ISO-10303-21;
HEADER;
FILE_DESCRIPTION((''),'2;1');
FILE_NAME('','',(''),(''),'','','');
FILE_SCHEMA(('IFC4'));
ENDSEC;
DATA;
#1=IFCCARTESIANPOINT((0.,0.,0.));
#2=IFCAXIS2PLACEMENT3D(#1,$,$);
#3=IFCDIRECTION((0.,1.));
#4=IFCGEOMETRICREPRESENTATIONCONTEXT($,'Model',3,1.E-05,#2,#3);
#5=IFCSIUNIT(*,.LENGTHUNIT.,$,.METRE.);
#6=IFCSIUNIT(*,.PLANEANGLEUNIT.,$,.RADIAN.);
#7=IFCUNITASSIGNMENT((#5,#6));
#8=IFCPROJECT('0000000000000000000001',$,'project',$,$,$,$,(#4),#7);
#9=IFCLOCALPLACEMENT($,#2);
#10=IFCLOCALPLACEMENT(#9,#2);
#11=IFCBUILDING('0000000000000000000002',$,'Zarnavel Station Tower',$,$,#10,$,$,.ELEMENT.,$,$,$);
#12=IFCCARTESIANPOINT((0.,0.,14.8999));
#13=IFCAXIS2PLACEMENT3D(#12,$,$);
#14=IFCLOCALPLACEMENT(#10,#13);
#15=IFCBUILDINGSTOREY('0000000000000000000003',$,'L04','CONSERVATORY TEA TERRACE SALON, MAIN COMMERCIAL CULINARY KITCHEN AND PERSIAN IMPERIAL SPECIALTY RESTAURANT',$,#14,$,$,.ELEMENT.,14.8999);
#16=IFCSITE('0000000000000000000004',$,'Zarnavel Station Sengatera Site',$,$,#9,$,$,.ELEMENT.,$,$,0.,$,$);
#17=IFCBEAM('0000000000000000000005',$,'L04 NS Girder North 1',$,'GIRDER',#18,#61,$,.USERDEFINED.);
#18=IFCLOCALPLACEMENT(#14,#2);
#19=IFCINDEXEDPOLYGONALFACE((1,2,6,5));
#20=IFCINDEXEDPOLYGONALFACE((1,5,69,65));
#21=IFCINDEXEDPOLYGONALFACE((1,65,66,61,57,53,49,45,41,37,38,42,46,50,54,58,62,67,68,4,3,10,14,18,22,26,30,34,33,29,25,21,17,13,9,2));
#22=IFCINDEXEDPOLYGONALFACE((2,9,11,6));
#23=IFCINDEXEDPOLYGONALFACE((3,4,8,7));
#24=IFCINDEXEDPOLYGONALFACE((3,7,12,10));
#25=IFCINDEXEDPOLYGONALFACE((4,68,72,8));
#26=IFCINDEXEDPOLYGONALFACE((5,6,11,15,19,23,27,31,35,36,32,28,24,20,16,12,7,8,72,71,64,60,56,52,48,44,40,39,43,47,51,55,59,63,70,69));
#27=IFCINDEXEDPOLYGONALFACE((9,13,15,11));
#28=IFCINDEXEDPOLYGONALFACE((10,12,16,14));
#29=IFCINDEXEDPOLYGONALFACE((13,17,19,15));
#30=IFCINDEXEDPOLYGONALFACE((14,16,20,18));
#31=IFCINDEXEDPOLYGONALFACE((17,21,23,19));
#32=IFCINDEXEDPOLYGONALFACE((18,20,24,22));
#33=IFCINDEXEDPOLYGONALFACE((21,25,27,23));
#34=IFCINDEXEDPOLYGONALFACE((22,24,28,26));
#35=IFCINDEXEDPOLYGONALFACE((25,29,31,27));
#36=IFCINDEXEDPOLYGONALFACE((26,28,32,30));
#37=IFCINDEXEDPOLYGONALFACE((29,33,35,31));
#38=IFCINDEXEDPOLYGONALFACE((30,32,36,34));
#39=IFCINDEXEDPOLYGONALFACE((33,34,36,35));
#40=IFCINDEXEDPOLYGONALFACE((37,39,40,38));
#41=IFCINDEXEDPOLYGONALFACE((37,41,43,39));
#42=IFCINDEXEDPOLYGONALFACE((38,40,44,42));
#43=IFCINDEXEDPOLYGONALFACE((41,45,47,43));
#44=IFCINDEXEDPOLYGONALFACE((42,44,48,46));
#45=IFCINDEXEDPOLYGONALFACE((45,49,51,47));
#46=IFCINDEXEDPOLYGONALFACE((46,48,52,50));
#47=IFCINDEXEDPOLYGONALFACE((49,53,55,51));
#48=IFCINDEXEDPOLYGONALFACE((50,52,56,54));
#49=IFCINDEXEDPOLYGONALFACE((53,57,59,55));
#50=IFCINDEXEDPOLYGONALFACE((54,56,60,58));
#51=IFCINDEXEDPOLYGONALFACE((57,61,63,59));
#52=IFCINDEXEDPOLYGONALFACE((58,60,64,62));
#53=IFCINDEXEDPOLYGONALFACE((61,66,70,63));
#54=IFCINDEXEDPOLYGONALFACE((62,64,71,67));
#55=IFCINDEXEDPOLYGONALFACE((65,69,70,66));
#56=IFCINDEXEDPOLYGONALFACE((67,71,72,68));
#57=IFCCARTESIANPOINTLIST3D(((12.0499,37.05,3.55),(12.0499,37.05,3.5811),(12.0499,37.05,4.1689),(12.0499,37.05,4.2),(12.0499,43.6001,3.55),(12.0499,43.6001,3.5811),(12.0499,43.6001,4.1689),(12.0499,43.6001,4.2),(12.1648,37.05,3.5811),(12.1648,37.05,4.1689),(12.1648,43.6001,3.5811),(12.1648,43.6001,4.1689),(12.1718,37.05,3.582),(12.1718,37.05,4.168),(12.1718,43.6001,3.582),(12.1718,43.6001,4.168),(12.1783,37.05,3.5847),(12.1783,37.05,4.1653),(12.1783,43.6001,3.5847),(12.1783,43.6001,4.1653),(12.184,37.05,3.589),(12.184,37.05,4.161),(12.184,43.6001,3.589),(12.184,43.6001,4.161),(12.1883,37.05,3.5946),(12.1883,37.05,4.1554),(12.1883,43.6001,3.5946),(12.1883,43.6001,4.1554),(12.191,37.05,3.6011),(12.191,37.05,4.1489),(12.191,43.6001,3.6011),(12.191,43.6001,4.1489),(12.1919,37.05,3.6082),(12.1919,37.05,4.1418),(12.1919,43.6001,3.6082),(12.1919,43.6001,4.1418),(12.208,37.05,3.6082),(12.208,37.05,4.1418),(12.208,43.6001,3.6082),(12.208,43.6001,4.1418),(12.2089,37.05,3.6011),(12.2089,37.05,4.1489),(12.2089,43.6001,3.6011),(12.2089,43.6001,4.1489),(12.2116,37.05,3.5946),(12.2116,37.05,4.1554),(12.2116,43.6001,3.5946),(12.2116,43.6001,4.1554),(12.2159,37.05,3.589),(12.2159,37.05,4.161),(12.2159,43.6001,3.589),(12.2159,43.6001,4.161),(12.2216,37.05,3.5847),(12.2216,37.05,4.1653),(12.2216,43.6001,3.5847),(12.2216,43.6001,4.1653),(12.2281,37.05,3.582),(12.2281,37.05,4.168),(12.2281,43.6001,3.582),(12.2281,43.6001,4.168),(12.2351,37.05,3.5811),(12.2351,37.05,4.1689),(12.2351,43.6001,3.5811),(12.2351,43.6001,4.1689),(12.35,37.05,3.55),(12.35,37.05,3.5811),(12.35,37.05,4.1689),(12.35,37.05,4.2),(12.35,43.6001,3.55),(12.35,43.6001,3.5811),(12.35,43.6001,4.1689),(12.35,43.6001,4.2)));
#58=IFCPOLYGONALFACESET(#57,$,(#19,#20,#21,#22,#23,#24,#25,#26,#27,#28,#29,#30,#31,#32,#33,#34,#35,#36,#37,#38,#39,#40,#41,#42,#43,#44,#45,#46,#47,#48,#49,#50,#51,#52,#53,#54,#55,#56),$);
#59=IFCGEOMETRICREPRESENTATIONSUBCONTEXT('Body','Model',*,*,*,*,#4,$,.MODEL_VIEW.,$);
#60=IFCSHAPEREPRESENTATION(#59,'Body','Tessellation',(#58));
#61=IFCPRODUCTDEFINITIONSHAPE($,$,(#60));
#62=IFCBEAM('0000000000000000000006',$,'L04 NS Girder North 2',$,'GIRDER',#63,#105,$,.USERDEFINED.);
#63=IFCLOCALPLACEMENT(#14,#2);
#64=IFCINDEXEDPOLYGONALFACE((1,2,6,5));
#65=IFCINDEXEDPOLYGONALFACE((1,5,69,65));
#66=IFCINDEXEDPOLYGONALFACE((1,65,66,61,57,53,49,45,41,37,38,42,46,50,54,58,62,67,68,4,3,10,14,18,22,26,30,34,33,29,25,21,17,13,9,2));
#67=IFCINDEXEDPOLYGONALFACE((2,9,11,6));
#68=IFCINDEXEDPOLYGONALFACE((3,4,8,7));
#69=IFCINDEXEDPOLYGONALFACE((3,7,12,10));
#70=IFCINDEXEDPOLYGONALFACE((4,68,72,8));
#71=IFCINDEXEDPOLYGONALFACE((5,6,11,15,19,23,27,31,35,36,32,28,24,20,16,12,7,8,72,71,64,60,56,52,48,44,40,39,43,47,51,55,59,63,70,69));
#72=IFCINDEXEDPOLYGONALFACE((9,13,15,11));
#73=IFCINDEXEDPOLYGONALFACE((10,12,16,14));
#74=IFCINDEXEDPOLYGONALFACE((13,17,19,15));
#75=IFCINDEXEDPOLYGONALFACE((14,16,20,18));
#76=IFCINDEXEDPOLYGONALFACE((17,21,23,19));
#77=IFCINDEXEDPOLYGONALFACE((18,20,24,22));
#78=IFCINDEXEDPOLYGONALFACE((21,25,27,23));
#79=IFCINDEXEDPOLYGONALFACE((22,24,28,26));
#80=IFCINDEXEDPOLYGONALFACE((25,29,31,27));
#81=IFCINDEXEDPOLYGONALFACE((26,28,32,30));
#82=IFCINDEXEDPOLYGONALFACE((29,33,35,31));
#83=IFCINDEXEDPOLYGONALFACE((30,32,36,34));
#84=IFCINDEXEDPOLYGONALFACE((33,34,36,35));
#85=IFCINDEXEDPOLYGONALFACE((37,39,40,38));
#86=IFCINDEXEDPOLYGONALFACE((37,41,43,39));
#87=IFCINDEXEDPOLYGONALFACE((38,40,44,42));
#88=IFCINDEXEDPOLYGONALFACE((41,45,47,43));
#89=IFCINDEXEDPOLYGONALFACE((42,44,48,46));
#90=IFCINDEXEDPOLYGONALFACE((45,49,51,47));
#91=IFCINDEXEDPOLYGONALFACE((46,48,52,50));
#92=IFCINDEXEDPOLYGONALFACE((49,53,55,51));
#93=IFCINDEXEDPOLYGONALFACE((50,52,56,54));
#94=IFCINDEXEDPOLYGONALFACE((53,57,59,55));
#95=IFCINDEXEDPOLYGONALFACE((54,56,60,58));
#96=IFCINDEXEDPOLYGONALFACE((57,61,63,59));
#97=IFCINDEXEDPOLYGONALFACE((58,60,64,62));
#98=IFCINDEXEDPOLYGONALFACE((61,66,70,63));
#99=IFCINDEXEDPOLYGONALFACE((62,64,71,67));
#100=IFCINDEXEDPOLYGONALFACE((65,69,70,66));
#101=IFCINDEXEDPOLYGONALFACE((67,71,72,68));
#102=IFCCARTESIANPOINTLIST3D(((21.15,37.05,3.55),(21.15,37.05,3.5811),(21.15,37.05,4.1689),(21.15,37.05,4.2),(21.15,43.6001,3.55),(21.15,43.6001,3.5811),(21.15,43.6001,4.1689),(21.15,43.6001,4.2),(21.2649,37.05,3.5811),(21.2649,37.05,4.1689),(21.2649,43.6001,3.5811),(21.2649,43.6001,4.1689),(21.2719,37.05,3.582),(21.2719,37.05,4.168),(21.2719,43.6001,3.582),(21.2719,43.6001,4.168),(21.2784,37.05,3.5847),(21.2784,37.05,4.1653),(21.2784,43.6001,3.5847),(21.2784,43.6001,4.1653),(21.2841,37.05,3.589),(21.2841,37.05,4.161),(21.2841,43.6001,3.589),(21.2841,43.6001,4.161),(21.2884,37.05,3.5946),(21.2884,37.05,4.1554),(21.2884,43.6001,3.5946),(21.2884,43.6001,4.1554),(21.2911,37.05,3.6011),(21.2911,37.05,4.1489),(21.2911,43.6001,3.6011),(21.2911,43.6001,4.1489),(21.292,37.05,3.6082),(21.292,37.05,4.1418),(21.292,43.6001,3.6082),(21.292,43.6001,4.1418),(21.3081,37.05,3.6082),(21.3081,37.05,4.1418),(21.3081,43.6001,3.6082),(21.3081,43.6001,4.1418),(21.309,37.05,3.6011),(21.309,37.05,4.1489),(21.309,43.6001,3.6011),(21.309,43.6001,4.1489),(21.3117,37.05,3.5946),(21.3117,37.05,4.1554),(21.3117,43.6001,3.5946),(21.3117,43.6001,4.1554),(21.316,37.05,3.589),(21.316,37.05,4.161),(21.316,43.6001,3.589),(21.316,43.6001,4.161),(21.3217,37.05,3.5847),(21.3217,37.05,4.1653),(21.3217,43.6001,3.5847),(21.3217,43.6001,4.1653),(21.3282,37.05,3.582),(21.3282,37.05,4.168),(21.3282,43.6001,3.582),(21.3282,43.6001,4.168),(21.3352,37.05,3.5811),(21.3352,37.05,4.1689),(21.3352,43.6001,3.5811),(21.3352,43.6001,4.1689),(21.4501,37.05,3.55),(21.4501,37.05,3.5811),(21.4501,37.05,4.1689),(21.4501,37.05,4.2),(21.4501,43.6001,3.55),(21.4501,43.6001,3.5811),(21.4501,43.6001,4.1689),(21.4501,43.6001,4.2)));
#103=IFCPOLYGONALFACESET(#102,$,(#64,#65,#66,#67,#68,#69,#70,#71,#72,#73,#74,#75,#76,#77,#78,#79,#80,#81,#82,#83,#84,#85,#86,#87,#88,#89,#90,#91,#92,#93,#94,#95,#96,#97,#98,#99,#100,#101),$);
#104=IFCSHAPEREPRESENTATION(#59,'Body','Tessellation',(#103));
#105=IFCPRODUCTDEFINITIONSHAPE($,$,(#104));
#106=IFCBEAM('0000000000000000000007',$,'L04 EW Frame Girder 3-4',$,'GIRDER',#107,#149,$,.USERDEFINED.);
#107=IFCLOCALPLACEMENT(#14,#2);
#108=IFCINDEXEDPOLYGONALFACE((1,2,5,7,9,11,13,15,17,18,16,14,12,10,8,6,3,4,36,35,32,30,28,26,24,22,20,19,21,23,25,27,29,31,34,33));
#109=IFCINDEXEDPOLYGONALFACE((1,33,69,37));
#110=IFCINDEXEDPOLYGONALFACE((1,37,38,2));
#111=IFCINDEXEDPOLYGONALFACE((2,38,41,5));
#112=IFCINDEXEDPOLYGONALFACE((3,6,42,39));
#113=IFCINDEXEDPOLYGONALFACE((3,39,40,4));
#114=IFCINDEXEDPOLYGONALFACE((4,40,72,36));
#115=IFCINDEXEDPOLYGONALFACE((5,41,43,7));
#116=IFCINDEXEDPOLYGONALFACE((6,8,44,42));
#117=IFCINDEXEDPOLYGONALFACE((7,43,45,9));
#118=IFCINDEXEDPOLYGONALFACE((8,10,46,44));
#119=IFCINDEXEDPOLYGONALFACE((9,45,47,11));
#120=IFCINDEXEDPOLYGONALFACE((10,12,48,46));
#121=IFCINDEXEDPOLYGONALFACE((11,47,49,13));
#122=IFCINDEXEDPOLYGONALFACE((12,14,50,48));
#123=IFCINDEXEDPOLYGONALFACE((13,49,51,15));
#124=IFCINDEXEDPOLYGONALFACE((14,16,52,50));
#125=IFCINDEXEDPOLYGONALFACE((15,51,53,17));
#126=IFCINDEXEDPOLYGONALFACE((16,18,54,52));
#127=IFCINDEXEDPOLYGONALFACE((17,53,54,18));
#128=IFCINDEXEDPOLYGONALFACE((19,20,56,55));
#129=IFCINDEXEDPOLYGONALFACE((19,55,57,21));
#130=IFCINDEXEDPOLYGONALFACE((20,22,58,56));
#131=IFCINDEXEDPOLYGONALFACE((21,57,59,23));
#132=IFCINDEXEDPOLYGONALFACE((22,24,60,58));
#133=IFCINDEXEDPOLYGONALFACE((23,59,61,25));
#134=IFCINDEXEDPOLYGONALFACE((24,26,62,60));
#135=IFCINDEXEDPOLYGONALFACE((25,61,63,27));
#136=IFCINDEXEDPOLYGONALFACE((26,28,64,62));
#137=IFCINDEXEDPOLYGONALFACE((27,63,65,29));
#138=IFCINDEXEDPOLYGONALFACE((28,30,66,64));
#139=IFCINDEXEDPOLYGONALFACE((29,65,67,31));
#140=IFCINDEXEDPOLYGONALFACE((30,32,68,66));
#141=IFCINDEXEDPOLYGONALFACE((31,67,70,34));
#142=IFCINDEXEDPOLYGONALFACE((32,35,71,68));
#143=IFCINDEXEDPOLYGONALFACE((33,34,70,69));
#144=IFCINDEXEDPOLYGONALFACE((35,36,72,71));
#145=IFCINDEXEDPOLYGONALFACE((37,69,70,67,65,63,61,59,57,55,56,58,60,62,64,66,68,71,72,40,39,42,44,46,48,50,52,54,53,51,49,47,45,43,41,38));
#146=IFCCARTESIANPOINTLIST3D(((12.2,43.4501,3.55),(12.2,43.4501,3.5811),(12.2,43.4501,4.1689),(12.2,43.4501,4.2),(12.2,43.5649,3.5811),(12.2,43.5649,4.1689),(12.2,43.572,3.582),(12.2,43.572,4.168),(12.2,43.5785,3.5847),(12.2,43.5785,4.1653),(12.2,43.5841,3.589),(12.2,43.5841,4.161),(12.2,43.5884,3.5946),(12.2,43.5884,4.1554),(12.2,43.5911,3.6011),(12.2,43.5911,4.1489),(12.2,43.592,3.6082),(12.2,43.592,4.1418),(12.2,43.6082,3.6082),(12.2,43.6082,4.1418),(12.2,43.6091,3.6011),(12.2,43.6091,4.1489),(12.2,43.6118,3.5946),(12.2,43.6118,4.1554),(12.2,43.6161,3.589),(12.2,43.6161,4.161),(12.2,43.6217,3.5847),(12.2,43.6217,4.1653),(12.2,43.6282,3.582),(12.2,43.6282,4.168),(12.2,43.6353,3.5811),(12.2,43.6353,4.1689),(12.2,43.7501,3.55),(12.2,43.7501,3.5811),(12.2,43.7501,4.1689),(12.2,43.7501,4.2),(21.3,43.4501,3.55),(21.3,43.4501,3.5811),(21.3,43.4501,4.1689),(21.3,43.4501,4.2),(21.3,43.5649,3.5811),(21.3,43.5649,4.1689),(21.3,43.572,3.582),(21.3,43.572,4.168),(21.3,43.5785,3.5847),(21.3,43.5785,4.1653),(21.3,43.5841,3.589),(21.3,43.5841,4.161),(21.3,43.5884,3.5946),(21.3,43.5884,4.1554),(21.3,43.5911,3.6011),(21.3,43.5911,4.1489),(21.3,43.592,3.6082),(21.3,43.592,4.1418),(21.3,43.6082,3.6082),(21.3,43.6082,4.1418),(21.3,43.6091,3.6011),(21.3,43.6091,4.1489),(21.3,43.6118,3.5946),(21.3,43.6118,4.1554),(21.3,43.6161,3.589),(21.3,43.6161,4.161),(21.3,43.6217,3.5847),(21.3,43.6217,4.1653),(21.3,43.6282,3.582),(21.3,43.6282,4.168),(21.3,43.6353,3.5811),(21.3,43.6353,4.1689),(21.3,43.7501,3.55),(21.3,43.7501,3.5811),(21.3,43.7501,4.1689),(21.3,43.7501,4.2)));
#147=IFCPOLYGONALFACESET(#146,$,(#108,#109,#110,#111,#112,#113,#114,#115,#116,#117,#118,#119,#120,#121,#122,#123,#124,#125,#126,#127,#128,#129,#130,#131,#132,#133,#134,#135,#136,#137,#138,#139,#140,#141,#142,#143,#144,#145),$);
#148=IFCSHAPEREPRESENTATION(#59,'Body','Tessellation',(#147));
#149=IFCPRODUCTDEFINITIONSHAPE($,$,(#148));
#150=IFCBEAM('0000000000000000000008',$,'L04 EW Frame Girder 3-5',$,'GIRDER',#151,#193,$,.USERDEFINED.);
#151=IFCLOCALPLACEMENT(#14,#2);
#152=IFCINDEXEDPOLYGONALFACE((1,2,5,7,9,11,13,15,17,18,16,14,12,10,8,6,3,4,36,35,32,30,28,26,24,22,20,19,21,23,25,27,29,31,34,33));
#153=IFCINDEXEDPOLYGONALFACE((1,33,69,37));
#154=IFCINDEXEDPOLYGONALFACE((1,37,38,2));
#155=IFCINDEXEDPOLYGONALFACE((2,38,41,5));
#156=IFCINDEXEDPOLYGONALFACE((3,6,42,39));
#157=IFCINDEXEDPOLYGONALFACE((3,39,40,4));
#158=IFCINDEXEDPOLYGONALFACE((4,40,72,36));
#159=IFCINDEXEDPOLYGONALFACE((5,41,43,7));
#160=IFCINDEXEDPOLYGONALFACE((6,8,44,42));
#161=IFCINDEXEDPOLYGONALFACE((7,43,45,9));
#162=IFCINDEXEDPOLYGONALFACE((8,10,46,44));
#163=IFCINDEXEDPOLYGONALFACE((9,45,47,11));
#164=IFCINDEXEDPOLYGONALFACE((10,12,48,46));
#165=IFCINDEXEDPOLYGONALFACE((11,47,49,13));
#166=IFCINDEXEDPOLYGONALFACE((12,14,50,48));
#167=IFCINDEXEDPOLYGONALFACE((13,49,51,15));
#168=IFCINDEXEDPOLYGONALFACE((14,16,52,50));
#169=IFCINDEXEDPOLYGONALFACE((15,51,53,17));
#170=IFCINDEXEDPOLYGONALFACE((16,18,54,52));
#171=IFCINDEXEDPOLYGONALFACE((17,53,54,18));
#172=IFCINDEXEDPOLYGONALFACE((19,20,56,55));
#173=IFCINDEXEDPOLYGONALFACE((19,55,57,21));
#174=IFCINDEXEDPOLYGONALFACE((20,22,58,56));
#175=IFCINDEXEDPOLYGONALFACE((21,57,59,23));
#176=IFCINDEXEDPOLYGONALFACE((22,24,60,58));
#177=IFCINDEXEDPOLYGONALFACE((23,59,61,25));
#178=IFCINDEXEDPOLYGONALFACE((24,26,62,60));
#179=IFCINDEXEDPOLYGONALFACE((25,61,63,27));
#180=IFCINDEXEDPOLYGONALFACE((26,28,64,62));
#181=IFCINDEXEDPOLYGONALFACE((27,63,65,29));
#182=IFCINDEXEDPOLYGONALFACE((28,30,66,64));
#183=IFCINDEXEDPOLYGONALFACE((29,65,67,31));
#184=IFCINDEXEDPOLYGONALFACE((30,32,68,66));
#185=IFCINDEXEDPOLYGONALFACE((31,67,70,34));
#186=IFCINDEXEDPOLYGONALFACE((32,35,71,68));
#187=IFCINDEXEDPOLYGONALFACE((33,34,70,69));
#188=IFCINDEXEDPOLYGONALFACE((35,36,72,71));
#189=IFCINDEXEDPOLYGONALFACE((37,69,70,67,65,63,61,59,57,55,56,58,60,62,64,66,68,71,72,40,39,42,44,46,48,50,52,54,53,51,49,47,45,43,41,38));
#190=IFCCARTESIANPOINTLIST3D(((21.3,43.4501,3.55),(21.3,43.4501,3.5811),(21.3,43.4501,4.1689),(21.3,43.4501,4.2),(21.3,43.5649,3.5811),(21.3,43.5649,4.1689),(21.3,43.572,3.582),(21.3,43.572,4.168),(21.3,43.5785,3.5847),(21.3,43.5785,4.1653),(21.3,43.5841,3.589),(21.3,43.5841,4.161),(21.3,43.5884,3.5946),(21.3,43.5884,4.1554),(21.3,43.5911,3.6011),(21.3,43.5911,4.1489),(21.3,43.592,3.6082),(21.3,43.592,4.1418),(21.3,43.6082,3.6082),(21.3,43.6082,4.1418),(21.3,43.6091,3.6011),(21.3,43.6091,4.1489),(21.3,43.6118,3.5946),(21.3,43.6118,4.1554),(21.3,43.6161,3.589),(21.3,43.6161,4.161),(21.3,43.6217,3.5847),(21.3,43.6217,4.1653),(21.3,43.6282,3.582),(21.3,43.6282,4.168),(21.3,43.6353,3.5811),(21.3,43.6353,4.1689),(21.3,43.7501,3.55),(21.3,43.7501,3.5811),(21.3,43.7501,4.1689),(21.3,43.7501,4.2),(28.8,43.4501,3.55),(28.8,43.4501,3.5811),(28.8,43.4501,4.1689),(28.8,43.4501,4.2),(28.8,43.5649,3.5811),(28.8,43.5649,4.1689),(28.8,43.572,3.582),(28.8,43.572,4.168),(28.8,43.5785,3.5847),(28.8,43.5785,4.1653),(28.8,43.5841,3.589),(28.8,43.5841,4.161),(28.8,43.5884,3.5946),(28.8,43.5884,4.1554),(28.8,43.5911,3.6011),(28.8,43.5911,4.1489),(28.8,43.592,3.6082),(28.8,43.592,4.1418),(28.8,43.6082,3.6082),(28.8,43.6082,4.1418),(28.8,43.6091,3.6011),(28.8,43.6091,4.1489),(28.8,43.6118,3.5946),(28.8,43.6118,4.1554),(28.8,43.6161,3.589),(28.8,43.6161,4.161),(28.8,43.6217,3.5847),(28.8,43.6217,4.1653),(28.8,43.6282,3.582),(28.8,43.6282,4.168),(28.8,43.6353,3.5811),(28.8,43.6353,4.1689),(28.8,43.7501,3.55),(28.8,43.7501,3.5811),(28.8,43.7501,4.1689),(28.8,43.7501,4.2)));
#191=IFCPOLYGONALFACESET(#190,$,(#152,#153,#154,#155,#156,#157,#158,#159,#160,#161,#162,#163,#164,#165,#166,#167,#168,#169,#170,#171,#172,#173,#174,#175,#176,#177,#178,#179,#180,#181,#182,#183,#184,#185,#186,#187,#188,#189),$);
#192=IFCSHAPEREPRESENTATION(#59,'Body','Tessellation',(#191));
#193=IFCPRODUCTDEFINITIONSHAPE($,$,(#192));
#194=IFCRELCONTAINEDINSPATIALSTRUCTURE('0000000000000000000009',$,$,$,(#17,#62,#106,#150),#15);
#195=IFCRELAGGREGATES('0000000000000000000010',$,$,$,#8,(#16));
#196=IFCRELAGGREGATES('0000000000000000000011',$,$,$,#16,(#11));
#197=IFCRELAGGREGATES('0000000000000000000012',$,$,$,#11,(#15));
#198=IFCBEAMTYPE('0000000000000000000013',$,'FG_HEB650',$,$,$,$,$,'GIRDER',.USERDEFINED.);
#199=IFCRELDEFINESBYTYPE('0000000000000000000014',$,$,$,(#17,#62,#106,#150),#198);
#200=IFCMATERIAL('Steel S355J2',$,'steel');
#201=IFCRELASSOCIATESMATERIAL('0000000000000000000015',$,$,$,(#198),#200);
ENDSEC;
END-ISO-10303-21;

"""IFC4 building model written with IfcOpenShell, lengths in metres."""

from ifc_helpers import new_model, si_unit, direction, frame, origin, origin_2d, place, context, subcontext, project, spatial, i_section, extrude, material, material_profile, profile_set, type_object, element, save


model = new_model("IFC4")

# Units and contexts
model_context = context("Model", 3, precision=1e-05, world=origin(), true_north=direction((0.0, 1.0)))
body_context = subcontext(model_context, "Body", "Model", "MODEL_VIEW")
ifc_project = project(units=[si_unit("LENGTHUNIT", "METRE"), si_unit("PLANEANGLEUNIT", "RADIAN")], contexts=[model_context])

# Site, building, storey
site_placement = place(None, origin())
site = spatial("IfcSite", under=ifc_project, at=site_placement, Name="Zarnavel Station Sengatera Site", CompositionType="ELEMENT", RefElevation=0.0)
building_placement = place(site_placement, origin())
building = spatial("IfcBuilding", under=site, at=building_placement, Name="Zarnavel Station Tower", CompositionType="ELEMENT")
storey_placement = place(building_placement, frame((0.0, 0.0, 14.8999)))
storey = spatial("IfcBuildingStorey", under=building, at=storey_placement, Name="L04", Description="CONSERVATORY TEA TERRACE SALON, MAIN COMMERCIAL CULINARY KITCHEN AND PERSIAN IMPERIAL SPECIALTY RESTAURANT", CompositionType="ELEMENT", Elevation=14.8999)

# Beams
ifc_material_1 = material(Name="Steel S355J2", Category="steel")
ifc_material_profile_1 = material_profile(ifc_material_1, i_section(OverallWidth=0.3, OverallDepth=0.6499, WebThickness=0.0161, FlangeThickness=0.031, FilletRadius=0.0271, at=origin_2d()), Name="HEB650")
ifc_profile_set_1 = profile_set([ifc_material_profile_1], Name="Steel S355J2")
beam_type = type_object("IfcBeamType", Name="FG_HEB650", ElementType="GIRDER", PredefinedType="USERDEFINED", material=ifc_profile_set_1)
for number, where, z_axis, x_axis, name in (
    (1, (12.2, 37.05, 3.875), (0.0, 1.0, 0.0), (-1.0, 0.0, 0.0), "L04 NS Girder North 1"),
    (2, (21.3, 37.05, 3.875), (0.0, 1.0, 0.0), (-1.0, 0.0, 0.0), "L04 NS Girder North 2"),
):
    element("IfcBeam", number, at=place(storey_placement, frame(where, z_axis=z_axis, x_axis=x_axis)), inside=storey, type_object=beam_type, Name=name, ObjectType="GIRDER", PredefinedType="USERDEFINED", context=body_context, shape_type="SweptSolid", body=[
        extrude(i_section(OverallWidth=0.3, OverallDepth=0.6499, WebThickness=0.0161, FlangeThickness=0.031, FilletRadius=0.0271, at=origin_2d()), origin(), (0.0, 0.0, 1.0), 6.55),
    ])
beam_1_placement = place(storey_placement, frame((12.2, 43.6001, 3.875), z_axis=(1.0, 0.0, 0.0), x_axis=(0.0, 1.0, 0.0)))
element("IfcBeam", 3, at=beam_1_placement, inside=storey, type_object=beam_type, Name="L04 EW Frame Girder 3-4", ObjectType="GIRDER", PredefinedType="USERDEFINED", context=body_context, shape_type="SweptSolid", body=[
    extrude(i_section(OverallWidth=0.3, OverallDepth=0.6499, WebThickness=0.0161, FlangeThickness=0.031, FilletRadius=0.0271, at=origin_2d()), origin(), (0.0, 0.0, 1.0), 9.1001),
])
beam_2_placement = place(storey_placement, frame((21.3, 43.6001, 3.875), z_axis=(1.0, 0.0, 0.0), x_axis=(0.0, 1.0, 0.0)))
element("IfcBeam", 4, at=beam_2_placement, inside=storey, type_object=beam_type, Name="L04 EW Frame Girder 3-5", ObjectType="GIRDER", PredefinedType="USERDEFINED", context=body_context, shape_type="SweptSolid", body=[
    extrude(i_section(OverallWidth=0.3, OverallDepth=0.6499, WebThickness=0.0161, FlangeThickness=0.031, FilletRadius=0.0271, at=origin_2d()), origin(), (0.0, 0.0, 1.0), 7.5),
])

save(model, "model.ifc")
